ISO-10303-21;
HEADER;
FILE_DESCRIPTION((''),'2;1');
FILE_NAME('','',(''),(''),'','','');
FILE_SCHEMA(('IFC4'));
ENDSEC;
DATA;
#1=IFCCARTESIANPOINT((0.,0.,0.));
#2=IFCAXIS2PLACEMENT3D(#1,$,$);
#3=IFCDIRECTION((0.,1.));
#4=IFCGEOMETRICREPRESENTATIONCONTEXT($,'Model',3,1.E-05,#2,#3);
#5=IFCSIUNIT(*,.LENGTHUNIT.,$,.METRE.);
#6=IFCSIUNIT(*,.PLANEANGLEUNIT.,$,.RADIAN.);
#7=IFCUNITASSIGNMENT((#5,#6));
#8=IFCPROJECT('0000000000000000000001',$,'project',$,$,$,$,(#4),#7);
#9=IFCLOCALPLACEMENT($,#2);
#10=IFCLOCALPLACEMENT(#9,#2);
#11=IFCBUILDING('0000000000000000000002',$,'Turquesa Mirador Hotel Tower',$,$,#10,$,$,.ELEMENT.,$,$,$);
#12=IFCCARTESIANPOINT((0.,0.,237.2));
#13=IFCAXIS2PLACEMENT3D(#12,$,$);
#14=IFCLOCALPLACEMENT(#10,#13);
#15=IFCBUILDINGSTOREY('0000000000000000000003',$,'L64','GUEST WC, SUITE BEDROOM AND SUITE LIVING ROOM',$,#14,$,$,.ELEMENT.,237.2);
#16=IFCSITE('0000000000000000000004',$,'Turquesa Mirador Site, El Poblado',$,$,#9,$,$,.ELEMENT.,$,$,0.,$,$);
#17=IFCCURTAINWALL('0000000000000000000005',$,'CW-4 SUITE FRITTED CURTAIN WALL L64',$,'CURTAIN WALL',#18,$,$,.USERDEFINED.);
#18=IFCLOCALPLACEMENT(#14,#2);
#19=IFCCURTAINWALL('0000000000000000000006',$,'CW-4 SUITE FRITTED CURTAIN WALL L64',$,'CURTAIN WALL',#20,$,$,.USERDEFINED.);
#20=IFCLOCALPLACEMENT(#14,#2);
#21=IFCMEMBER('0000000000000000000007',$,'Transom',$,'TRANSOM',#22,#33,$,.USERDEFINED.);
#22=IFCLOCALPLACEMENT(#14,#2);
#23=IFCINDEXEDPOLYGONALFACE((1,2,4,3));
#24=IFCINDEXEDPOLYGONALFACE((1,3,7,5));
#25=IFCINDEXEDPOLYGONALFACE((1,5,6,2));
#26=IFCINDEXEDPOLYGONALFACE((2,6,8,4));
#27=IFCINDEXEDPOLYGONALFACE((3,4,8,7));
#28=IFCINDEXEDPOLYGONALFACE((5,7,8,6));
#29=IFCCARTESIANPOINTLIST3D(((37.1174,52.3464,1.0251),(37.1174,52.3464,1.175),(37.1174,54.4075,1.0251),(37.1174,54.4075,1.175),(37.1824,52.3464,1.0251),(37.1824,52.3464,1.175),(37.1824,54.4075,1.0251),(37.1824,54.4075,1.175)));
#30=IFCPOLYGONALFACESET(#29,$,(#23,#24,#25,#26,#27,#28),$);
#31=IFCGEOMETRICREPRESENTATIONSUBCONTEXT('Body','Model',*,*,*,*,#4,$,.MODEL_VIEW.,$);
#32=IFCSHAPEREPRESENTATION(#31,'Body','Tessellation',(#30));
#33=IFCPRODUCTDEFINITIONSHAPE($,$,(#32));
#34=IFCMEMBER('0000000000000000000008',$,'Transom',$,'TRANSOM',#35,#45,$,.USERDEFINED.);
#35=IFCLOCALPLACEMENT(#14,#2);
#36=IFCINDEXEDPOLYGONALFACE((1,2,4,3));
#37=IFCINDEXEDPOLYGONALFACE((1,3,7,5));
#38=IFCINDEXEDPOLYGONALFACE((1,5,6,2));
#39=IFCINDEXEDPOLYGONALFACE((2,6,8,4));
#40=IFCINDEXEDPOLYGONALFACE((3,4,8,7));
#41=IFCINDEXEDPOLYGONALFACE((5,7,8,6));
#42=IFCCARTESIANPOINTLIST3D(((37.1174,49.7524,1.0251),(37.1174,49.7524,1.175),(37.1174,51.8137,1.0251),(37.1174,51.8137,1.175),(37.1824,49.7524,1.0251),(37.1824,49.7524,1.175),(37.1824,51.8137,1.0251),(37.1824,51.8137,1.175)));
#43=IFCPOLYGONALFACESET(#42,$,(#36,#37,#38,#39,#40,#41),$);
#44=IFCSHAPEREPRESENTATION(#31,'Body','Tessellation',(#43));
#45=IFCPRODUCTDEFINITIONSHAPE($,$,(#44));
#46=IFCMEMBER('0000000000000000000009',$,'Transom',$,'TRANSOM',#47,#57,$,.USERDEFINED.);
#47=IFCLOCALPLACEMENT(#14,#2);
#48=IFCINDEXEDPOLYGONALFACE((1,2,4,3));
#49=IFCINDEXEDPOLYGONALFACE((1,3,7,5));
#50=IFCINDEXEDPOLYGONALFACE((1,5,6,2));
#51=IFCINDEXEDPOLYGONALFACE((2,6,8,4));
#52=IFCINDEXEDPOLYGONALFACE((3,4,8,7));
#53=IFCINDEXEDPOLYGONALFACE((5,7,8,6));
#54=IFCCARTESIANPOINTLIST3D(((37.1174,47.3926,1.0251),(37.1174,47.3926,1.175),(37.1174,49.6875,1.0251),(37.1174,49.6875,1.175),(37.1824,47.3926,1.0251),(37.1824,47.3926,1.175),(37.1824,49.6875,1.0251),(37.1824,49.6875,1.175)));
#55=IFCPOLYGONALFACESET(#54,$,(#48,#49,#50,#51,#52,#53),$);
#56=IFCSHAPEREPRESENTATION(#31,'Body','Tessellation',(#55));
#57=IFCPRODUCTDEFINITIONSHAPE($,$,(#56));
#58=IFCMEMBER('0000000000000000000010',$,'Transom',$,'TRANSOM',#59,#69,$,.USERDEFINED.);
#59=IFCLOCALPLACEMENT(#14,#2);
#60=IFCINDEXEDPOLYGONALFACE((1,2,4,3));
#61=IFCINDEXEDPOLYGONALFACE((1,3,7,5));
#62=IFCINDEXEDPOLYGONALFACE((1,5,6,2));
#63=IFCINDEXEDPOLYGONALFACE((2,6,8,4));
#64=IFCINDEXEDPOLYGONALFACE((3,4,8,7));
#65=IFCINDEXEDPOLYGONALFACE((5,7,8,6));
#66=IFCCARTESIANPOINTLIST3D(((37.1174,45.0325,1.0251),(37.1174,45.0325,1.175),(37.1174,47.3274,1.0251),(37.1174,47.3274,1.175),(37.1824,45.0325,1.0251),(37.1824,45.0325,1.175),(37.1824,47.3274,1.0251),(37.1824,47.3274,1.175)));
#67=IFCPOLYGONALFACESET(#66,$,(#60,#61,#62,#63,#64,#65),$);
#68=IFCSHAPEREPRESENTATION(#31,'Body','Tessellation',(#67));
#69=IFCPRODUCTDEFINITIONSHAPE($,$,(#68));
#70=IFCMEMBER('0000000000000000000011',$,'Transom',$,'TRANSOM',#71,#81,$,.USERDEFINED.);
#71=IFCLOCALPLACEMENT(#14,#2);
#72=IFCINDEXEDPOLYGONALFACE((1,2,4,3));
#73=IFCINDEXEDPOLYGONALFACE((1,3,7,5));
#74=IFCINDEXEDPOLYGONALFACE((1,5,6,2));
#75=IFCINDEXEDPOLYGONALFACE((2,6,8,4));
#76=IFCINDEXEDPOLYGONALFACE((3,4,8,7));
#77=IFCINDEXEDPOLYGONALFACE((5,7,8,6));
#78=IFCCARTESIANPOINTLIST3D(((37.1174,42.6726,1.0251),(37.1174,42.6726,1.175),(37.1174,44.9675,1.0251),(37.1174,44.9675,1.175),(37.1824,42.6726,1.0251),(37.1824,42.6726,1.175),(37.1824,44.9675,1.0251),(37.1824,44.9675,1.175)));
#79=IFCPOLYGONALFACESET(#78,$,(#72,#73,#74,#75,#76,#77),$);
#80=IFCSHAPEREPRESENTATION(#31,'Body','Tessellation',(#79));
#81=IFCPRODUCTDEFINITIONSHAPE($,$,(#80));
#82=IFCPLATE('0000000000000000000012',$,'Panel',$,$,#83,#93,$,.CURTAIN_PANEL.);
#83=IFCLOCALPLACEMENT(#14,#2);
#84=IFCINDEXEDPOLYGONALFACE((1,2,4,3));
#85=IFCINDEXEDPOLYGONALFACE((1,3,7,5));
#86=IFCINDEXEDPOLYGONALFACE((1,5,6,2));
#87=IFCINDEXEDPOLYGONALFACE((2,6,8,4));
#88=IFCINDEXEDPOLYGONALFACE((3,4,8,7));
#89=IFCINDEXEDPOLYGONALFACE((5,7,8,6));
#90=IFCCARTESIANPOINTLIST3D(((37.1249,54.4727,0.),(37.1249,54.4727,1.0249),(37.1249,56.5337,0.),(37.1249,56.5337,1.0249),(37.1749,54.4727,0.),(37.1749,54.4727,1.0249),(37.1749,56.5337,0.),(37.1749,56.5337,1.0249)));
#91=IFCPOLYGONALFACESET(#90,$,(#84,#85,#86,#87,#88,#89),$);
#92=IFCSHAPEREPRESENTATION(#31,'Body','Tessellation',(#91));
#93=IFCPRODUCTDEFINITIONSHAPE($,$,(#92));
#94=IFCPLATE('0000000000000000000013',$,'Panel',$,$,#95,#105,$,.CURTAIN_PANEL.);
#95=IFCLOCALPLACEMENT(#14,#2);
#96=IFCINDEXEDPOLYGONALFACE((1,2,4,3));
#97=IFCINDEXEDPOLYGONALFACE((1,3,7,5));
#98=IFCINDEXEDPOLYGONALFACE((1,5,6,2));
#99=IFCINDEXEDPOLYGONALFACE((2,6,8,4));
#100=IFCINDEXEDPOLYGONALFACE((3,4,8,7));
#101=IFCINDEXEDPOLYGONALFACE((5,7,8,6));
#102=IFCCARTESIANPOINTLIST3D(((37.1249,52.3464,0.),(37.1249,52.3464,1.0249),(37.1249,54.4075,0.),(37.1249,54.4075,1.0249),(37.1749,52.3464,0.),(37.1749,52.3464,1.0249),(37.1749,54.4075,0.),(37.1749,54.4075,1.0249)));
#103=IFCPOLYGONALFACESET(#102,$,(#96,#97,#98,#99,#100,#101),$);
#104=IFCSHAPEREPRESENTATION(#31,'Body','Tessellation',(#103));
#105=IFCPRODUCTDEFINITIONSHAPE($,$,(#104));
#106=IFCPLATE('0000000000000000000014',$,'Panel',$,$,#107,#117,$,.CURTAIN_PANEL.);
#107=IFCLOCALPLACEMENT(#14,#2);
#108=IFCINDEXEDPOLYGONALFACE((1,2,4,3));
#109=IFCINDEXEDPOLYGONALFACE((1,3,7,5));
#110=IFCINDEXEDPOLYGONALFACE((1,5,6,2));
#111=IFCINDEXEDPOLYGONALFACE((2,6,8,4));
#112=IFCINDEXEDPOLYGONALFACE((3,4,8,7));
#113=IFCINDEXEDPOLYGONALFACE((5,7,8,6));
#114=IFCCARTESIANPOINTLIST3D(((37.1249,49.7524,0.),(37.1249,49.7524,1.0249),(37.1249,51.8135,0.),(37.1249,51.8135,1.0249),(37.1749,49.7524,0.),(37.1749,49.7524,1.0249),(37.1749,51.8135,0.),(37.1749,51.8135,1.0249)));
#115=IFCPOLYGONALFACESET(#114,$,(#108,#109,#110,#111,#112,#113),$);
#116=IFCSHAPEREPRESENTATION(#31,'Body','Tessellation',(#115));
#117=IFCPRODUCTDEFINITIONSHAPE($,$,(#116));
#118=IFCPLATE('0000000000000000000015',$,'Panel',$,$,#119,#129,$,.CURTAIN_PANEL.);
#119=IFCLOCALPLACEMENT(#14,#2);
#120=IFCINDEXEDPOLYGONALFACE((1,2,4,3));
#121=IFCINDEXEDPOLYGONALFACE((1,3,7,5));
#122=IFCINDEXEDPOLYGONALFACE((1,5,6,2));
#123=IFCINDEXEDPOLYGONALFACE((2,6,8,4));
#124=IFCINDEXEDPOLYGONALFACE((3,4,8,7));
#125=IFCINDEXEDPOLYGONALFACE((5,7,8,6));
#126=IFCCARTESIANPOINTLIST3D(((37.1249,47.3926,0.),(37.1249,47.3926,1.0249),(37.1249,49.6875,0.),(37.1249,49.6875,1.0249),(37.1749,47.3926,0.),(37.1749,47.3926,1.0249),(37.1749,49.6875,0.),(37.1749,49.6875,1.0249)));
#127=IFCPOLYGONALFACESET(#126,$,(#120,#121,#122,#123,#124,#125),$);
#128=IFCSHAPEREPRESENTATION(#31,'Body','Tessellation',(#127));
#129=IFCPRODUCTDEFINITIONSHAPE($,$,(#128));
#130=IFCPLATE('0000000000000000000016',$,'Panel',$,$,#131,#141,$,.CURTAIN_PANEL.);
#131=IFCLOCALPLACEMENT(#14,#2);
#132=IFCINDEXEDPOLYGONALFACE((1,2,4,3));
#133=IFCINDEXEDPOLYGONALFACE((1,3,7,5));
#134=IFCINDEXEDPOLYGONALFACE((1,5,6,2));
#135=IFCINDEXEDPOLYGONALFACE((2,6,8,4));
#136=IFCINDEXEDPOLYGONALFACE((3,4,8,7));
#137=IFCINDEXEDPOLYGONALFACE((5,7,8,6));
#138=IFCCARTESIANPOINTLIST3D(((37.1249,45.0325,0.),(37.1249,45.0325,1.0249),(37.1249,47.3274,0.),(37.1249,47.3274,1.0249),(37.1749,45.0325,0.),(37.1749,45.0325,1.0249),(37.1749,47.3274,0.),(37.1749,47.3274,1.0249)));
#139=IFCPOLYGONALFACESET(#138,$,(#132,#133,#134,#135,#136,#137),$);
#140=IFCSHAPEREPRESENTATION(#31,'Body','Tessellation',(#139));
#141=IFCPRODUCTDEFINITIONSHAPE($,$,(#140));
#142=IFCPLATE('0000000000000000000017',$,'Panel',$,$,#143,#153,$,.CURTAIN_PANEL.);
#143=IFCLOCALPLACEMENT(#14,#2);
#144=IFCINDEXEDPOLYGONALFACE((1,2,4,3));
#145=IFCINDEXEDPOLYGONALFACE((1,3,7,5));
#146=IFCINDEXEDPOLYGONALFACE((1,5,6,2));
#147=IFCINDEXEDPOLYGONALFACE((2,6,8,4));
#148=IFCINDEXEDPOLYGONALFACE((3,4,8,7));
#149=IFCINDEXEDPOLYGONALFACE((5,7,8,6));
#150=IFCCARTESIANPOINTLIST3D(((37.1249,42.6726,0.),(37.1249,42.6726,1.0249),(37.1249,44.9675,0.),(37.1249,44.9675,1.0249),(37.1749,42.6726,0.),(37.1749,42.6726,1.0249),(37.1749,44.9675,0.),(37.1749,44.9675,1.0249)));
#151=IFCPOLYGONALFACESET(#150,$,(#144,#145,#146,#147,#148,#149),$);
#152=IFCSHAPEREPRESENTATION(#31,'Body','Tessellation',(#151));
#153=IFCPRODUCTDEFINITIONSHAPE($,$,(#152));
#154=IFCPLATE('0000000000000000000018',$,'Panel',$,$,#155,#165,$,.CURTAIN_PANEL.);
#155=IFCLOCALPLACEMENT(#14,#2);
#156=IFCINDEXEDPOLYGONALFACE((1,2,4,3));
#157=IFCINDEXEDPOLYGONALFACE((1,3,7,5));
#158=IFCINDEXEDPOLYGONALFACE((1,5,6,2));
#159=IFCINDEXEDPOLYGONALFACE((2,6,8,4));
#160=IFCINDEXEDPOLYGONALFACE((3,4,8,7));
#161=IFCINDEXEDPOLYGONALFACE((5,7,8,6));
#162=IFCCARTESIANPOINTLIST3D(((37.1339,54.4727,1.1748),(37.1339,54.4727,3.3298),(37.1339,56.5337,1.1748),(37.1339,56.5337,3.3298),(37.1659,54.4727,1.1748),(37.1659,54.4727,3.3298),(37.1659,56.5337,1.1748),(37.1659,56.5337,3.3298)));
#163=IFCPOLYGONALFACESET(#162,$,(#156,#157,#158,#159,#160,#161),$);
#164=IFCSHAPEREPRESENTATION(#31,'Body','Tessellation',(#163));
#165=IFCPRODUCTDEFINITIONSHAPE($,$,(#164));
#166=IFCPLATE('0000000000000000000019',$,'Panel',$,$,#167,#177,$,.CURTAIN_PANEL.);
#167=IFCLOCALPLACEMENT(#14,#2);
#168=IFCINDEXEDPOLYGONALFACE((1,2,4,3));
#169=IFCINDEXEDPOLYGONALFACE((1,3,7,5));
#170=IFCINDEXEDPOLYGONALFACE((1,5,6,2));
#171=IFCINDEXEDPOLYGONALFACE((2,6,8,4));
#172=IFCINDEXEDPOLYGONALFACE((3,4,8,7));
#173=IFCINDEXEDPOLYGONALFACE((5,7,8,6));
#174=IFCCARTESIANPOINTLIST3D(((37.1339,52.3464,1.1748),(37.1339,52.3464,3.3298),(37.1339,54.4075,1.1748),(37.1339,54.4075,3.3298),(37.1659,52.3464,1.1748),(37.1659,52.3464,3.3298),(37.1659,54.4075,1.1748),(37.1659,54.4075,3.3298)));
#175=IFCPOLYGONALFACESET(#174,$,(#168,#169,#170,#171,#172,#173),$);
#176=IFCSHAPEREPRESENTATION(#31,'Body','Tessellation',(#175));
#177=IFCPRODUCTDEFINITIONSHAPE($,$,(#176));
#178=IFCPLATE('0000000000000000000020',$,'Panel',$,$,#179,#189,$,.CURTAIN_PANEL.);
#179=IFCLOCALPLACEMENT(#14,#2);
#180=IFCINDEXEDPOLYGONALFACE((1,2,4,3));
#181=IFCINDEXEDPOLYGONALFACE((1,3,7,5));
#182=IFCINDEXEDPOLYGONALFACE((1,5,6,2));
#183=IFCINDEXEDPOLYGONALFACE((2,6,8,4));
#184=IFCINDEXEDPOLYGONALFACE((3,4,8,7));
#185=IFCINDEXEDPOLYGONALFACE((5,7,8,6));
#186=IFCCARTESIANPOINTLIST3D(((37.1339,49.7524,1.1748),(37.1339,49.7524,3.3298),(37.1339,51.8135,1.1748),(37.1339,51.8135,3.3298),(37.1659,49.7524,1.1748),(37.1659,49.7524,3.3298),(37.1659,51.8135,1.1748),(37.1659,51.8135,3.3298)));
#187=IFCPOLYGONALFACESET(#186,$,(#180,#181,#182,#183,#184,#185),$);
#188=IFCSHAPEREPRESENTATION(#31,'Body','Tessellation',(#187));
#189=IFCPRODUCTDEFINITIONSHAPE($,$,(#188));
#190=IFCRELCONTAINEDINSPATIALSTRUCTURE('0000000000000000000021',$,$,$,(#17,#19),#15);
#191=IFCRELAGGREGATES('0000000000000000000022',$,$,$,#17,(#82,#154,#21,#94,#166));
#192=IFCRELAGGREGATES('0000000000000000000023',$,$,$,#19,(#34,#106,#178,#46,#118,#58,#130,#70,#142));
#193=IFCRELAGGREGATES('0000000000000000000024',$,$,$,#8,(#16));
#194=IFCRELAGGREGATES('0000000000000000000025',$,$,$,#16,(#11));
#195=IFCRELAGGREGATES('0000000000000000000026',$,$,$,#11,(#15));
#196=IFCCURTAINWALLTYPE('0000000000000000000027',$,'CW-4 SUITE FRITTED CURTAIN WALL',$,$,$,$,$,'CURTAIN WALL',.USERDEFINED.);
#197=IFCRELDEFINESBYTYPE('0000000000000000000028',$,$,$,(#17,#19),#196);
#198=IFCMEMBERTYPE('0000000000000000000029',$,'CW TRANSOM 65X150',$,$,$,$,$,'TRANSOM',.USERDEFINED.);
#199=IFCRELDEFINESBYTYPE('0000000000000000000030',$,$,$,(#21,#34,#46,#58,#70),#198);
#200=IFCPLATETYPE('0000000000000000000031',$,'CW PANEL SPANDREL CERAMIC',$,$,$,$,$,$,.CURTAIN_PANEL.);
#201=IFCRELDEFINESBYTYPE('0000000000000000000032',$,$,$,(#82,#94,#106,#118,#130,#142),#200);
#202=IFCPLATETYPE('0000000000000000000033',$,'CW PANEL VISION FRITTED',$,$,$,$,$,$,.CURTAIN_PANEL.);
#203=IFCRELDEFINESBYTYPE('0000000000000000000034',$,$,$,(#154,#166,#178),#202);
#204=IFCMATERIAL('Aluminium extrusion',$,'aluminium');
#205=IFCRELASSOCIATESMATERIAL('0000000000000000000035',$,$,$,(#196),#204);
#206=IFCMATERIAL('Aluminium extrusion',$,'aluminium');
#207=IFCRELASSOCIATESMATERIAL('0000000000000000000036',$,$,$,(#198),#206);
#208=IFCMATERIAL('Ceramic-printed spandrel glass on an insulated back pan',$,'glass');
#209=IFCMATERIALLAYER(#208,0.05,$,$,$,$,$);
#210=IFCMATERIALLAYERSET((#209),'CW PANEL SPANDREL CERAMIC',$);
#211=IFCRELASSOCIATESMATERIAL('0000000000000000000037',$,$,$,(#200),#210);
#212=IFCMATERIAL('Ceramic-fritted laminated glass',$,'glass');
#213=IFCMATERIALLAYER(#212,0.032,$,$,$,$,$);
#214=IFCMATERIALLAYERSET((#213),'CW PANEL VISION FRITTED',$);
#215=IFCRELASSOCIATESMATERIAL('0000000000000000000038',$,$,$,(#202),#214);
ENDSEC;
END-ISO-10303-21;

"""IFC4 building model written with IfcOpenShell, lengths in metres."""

from ifc_helpers import new_model, si_unit, direction, frame, origin, origin_2d, place, context, subcontext, project, spatial, rectangle, extrude, material, layer, layer_set, material_profile, profile_set, type_object, element, aggregate, save


model = new_model("IFC4")

# Units and contexts
model_context = context("Model", 3, precision=1e-05, world=origin(), true_north=direction((0.0, 1.0)))
body_context = subcontext(model_context, "Body", "Model", "MODEL_VIEW")
ifc_project = project(units=[si_unit("LENGTHUNIT", "METRE"), si_unit("PLANEANGLEUNIT", "RADIAN")], contexts=[model_context])

# Site, building, storey
site_placement = place(None, origin())
site = spatial("IfcSite", under=ifc_project, at=site_placement, Name="Turquesa Mirador Site, El Poblado", CompositionType="ELEMENT", RefElevation=0.0)
building_placement = place(site_placement, origin())
building = spatial("IfcBuilding", under=site, at=building_placement, Name="Turquesa Mirador Hotel Tower", CompositionType="ELEMENT")
storey_placement = place(building_placement, frame((0.0, 0.0, 237.2)))
storey = spatial("IfcBuildingStorey", under=building, at=storey_placement, Name="L64", Description="GUEST WC, SUITE BEDROOM AND SUITE LIVING ROOM", CompositionType="ELEMENT", Elevation=237.2)

# Curtain walls
ifc_material_1 = material(Name="Aluminium extrusion", Category="aluminium")
curtain_wall_type = type_object("IfcCurtainWallType", Name="CW-4 SUITE FRITTED CURTAIN WALL", ElementType="CURTAIN WALL", PredefinedType="USERDEFINED", material=ifc_material_1)
curtain_wall_1_placement = place(storey_placement, origin())
curtain_wall_1 = element("IfcCurtainWall", 1, at=curtain_wall_1_placement, inside=storey, type_object=curtain_wall_type, Name="CW-4 SUITE FRITTED CURTAIN WALL L64", ObjectType="CURTAIN WALL", PredefinedType="USERDEFINED")
curtain_wall_2_placement = place(storey_placement, origin())
curtain_wall_2 = element("IfcCurtainWall", 2, at=curtain_wall_2_placement, inside=storey, type_object=curtain_wall_type, Name="CW-4 SUITE FRITTED CURTAIN WALL L64", ObjectType="CURTAIN WALL", PredefinedType="USERDEFINED")

# Members
ifc_material_2 = material(Name="Aluminium extrusion", Category="aluminium")
ifc_material_profile_1 = material_profile(ifc_material_2, rectangle(XDim=0.0649, YDim=0.1499, at=origin_2d()), Name="TRANSOM 65X150")
ifc_profile_set_1 = profile_set([ifc_material_profile_1], Name="Aluminium extrusion")
member_type_1 = type_object("IfcMemberType", Name="CW TRANSOM 65X150", ElementType="TRANSOM", PredefinedType="USERDEFINED", material=ifc_profile_set_1)
member_1_placement = place(storey_placement, frame((37.1499, 54.4075, 1.1001), z_axis=(0.0, -1.0, 0.0), x_axis=(1.0, 0.0, 0.0)))
member_1 = element("IfcMember", 3, at=member_1_placement, type_object=member_type_1, Name="Transom", ObjectType="TRANSOM", PredefinedType="USERDEFINED", context=body_context, shape_type="SweptSolid", body=[
    extrude(rectangle(XDim=0.0649, YDim=0.1499, at=origin_2d()), origin(), (0.0, 0.0, 1.0), 2.061),
])
member_2_placement = place(storey_placement, frame((37.1499, 51.8137, 1.1001), z_axis=(0.0, -1.0, 0.0), x_axis=(1.0, 0.0, 0.0)))
member_2 = element("IfcMember", 4, at=member_2_placement, type_object=member_type_1, Name="Transom", ObjectType="TRANSOM", PredefinedType="USERDEFINED", context=body_context, shape_type="SweptSolid", body=[
    extrude(rectangle(XDim=0.0649, YDim=0.1499, at=origin_2d()), origin(), (0.0, 0.0, 1.0), 2.0613),
])
member_3_placement = place(storey_placement, frame((37.1499, 49.6875, 1.1001), z_axis=(0.0, -1.0, 0.0), x_axis=(1.0, 0.0, 0.0)))
member_3 = element("IfcMember", 5, at=member_3_placement, type_object=member_type_1, Name="Transom", ObjectType="TRANSOM", PredefinedType="USERDEFINED", context=body_context, shape_type="SweptSolid", body=[
    extrude(rectangle(XDim=0.0649, YDim=0.1499, at=origin_2d()), origin(), (0.0, 0.0, 1.0), 2.2949),
])
member_4_placement = place(storey_placement, frame((37.1499, 47.3274, 1.1001), z_axis=(0.0, -1.0, 0.0), x_axis=(1.0, 0.0, 0.0)))
member_4 = element("IfcMember", 6, at=member_4_placement, type_object=member_type_1, Name="Transom", ObjectType="TRANSOM", PredefinedType="USERDEFINED", context=body_context, shape_type="SweptSolid", body=[
    extrude(rectangle(XDim=0.0649, YDim=0.1499, at=origin_2d()), origin(), (0.0, 0.0, 1.0), 2.2949),
])
member_5_placement = place(storey_placement, frame((37.1499, 44.9675, 1.1001), z_axis=(0.0, -1.0, 0.0), x_axis=(1.0, 0.0, 0.0)))
member_5 = element("IfcMember", 7, at=member_5_placement, type_object=member_type_1, Name="Transom", ObjectType="TRANSOM", PredefinedType="USERDEFINED", context=body_context, shape_type="SweptSolid", body=[
    extrude(rectangle(XDim=0.0649, YDim=0.1499, at=origin_2d()), origin(), (0.0, 0.0, 1.0), 2.2949),
])

# Plates
ifc_material_3 = material(Name="Ceramic-printed spandrel glass on an insulated back pan", Category="glass")
ifc_layer_1 = layer(ifc_material_3, 0.05)
ifc_layer_set_1 = layer_set([ifc_layer_1], Name="CW PANEL SPANDREL CERAMIC")
plate_type_1 = type_object("IfcPlateType", Name="CW PANEL SPANDREL CERAMIC", PredefinedType="CURTAIN_PANEL", material=ifc_layer_set_1)
plate_1_placement = place(storey_placement, frame((37.1499, 55.5032, 0.0), z_axis=(0.0, 0.0, 1.0), x_axis=(0.0, -1.0, 0.0)))
plate_1 = element("IfcPlate", 8, at=plate_1_placement, type_object=plate_type_1, Name="Panel", PredefinedType="CURTAIN_PANEL", context=body_context, shape_type="SweptSolid", body=[
    extrude(rectangle(XDim=2.061, YDim=0.05, at=origin_2d()), origin(), (0.0, 0.0, 1.0), 1.0249),
])
plate_2_placement = place(storey_placement, frame((37.1499, 53.377, 0.0), z_axis=(0.0, 0.0, 1.0), x_axis=(0.0, -1.0, 0.0)))
plate_2 = element("IfcPlate", 9, at=plate_2_placement, type_object=plate_type_1, Name="Panel", PredefinedType="CURTAIN_PANEL", context=body_context, shape_type="SweptSolid", body=[
    extrude(rectangle(XDim=2.061, YDim=0.05, at=origin_2d()), origin(), (0.0, 0.0, 1.0), 1.0249),
])
plate_3_placement = place(storey_placement, frame((37.1499, 50.783, 0.0), z_axis=(0.0, 0.0, 1.0), x_axis=(0.0, -1.0, 0.0)))
plate_3 = element("IfcPlate", 10, at=plate_3_placement, type_object=plate_type_1, Name="Panel", PredefinedType="CURTAIN_PANEL", context=body_context, shape_type="SweptSolid", body=[
    extrude(rectangle(XDim=2.061, YDim=0.05, at=origin_2d()), origin(), (0.0, 0.0, 1.0), 1.0249),
])
plate_4_placement = place(storey_placement, frame((37.1499, 48.54, 0.0), z_axis=(0.0, 0.0, 1.0), x_axis=(0.0, -1.0, 0.0)))
plate_4 = element("IfcPlate", 11, at=plate_4_placement, type_object=plate_type_1, Name="Panel", PredefinedType="CURTAIN_PANEL", context=body_context, shape_type="SweptSolid", body=[
    extrude(rectangle(XDim=2.2949, YDim=0.05, at=origin_2d()), origin(), (0.0, 0.0, 1.0), 1.0249),
])
plate_5_placement = place(storey_placement, frame((37.1499, 46.1799, 0.0), z_axis=(0.0, 0.0, 1.0), x_axis=(0.0, -1.0, 0.0)))
plate_5 = element("IfcPlate", 12, at=plate_5_placement, type_object=plate_type_1, Name="Panel", PredefinedType="CURTAIN_PANEL", context=body_context, shape_type="SweptSolid", body=[
    extrude(rectangle(XDim=2.2949, YDim=0.05, at=origin_2d()), origin(), (0.0, 0.0, 1.0), 1.0249),
])
plate_6_placement = place(storey_placement, frame((37.1499, 43.8201, 0.0), z_axis=(0.0, 0.0, 1.0), x_axis=(0.0, -1.0, 0.0)))
plate_6 = element("IfcPlate", 13, at=plate_6_placement, type_object=plate_type_1, Name="Panel", PredefinedType="CURTAIN_PANEL", context=body_context, shape_type="SweptSolid", body=[
    extrude(rectangle(XDim=2.2949, YDim=0.05, at=origin_2d()), origin(), (0.0, 0.0, 1.0), 1.0249),
])
ifc_material_4 = material(Name="Ceramic-fritted laminated glass", Category="glass")
ifc_layer_2 = layer(ifc_material_4, 0.032)
ifc_layer_set_2 = layer_set([ifc_layer_2], Name="CW PANEL VISION FRITTED")
plate_type_2 = type_object("IfcPlateType", Name="CW PANEL VISION FRITTED", PredefinedType="CURTAIN_PANEL", material=ifc_layer_set_2)
plate_7_placement = place(storey_placement, frame((37.1499, 55.5032, 1.1748), z_axis=(0.0, 0.0, 1.0), x_axis=(0.0, -1.0, 0.0)))
plate_7 = element("IfcPlate", 14, at=plate_7_placement, type_object=plate_type_2, Name="Panel", PredefinedType="CURTAIN_PANEL", context=body_context, shape_type="SweptSolid", body=[
    extrude(rectangle(XDim=2.061, YDim=0.032, at=origin_2d()), origin(), (0.0, 0.0, 1.0), 2.155),
])
plate_8_placement = place(storey_placement, frame((37.1499, 53.377, 1.1748), z_axis=(0.0, 0.0, 1.0), x_axis=(0.0, -1.0, 0.0)))
plate_8 = element("IfcPlate", 15, at=plate_8_placement, type_object=plate_type_2, Name="Panel", PredefinedType="CURTAIN_PANEL", context=body_context, shape_type="SweptSolid", body=[
    extrude(rectangle(XDim=2.061, YDim=0.032, at=origin_2d()), origin(), (0.0, 0.0, 1.0), 2.155),
])
aggregate(curtain_wall_1, [plate_1, plate_7, member_1, plate_2, plate_8])
plate_9_placement = place(storey_placement, frame((37.1499, 50.783, 1.1748), z_axis=(0.0, 0.0, 1.0), x_axis=(0.0, -1.0, 0.0)))
plate_9 = element("IfcPlate", 16, at=plate_9_placement, type_object=plate_type_2, Name="Panel", PredefinedType="CURTAIN_PANEL", context=body_context, shape_type="SweptSolid", body=[
    extrude(rectangle(XDim=2.061, YDim=0.032, at=origin_2d()), origin(), (0.0, 0.0, 1.0), 2.155),
])
aggregate(curtain_wall_2, [member_2, plate_3, plate_9, member_3, plate_4, member_4, plate_5, member_5, plate_6])

save(model, "model.ifc")
